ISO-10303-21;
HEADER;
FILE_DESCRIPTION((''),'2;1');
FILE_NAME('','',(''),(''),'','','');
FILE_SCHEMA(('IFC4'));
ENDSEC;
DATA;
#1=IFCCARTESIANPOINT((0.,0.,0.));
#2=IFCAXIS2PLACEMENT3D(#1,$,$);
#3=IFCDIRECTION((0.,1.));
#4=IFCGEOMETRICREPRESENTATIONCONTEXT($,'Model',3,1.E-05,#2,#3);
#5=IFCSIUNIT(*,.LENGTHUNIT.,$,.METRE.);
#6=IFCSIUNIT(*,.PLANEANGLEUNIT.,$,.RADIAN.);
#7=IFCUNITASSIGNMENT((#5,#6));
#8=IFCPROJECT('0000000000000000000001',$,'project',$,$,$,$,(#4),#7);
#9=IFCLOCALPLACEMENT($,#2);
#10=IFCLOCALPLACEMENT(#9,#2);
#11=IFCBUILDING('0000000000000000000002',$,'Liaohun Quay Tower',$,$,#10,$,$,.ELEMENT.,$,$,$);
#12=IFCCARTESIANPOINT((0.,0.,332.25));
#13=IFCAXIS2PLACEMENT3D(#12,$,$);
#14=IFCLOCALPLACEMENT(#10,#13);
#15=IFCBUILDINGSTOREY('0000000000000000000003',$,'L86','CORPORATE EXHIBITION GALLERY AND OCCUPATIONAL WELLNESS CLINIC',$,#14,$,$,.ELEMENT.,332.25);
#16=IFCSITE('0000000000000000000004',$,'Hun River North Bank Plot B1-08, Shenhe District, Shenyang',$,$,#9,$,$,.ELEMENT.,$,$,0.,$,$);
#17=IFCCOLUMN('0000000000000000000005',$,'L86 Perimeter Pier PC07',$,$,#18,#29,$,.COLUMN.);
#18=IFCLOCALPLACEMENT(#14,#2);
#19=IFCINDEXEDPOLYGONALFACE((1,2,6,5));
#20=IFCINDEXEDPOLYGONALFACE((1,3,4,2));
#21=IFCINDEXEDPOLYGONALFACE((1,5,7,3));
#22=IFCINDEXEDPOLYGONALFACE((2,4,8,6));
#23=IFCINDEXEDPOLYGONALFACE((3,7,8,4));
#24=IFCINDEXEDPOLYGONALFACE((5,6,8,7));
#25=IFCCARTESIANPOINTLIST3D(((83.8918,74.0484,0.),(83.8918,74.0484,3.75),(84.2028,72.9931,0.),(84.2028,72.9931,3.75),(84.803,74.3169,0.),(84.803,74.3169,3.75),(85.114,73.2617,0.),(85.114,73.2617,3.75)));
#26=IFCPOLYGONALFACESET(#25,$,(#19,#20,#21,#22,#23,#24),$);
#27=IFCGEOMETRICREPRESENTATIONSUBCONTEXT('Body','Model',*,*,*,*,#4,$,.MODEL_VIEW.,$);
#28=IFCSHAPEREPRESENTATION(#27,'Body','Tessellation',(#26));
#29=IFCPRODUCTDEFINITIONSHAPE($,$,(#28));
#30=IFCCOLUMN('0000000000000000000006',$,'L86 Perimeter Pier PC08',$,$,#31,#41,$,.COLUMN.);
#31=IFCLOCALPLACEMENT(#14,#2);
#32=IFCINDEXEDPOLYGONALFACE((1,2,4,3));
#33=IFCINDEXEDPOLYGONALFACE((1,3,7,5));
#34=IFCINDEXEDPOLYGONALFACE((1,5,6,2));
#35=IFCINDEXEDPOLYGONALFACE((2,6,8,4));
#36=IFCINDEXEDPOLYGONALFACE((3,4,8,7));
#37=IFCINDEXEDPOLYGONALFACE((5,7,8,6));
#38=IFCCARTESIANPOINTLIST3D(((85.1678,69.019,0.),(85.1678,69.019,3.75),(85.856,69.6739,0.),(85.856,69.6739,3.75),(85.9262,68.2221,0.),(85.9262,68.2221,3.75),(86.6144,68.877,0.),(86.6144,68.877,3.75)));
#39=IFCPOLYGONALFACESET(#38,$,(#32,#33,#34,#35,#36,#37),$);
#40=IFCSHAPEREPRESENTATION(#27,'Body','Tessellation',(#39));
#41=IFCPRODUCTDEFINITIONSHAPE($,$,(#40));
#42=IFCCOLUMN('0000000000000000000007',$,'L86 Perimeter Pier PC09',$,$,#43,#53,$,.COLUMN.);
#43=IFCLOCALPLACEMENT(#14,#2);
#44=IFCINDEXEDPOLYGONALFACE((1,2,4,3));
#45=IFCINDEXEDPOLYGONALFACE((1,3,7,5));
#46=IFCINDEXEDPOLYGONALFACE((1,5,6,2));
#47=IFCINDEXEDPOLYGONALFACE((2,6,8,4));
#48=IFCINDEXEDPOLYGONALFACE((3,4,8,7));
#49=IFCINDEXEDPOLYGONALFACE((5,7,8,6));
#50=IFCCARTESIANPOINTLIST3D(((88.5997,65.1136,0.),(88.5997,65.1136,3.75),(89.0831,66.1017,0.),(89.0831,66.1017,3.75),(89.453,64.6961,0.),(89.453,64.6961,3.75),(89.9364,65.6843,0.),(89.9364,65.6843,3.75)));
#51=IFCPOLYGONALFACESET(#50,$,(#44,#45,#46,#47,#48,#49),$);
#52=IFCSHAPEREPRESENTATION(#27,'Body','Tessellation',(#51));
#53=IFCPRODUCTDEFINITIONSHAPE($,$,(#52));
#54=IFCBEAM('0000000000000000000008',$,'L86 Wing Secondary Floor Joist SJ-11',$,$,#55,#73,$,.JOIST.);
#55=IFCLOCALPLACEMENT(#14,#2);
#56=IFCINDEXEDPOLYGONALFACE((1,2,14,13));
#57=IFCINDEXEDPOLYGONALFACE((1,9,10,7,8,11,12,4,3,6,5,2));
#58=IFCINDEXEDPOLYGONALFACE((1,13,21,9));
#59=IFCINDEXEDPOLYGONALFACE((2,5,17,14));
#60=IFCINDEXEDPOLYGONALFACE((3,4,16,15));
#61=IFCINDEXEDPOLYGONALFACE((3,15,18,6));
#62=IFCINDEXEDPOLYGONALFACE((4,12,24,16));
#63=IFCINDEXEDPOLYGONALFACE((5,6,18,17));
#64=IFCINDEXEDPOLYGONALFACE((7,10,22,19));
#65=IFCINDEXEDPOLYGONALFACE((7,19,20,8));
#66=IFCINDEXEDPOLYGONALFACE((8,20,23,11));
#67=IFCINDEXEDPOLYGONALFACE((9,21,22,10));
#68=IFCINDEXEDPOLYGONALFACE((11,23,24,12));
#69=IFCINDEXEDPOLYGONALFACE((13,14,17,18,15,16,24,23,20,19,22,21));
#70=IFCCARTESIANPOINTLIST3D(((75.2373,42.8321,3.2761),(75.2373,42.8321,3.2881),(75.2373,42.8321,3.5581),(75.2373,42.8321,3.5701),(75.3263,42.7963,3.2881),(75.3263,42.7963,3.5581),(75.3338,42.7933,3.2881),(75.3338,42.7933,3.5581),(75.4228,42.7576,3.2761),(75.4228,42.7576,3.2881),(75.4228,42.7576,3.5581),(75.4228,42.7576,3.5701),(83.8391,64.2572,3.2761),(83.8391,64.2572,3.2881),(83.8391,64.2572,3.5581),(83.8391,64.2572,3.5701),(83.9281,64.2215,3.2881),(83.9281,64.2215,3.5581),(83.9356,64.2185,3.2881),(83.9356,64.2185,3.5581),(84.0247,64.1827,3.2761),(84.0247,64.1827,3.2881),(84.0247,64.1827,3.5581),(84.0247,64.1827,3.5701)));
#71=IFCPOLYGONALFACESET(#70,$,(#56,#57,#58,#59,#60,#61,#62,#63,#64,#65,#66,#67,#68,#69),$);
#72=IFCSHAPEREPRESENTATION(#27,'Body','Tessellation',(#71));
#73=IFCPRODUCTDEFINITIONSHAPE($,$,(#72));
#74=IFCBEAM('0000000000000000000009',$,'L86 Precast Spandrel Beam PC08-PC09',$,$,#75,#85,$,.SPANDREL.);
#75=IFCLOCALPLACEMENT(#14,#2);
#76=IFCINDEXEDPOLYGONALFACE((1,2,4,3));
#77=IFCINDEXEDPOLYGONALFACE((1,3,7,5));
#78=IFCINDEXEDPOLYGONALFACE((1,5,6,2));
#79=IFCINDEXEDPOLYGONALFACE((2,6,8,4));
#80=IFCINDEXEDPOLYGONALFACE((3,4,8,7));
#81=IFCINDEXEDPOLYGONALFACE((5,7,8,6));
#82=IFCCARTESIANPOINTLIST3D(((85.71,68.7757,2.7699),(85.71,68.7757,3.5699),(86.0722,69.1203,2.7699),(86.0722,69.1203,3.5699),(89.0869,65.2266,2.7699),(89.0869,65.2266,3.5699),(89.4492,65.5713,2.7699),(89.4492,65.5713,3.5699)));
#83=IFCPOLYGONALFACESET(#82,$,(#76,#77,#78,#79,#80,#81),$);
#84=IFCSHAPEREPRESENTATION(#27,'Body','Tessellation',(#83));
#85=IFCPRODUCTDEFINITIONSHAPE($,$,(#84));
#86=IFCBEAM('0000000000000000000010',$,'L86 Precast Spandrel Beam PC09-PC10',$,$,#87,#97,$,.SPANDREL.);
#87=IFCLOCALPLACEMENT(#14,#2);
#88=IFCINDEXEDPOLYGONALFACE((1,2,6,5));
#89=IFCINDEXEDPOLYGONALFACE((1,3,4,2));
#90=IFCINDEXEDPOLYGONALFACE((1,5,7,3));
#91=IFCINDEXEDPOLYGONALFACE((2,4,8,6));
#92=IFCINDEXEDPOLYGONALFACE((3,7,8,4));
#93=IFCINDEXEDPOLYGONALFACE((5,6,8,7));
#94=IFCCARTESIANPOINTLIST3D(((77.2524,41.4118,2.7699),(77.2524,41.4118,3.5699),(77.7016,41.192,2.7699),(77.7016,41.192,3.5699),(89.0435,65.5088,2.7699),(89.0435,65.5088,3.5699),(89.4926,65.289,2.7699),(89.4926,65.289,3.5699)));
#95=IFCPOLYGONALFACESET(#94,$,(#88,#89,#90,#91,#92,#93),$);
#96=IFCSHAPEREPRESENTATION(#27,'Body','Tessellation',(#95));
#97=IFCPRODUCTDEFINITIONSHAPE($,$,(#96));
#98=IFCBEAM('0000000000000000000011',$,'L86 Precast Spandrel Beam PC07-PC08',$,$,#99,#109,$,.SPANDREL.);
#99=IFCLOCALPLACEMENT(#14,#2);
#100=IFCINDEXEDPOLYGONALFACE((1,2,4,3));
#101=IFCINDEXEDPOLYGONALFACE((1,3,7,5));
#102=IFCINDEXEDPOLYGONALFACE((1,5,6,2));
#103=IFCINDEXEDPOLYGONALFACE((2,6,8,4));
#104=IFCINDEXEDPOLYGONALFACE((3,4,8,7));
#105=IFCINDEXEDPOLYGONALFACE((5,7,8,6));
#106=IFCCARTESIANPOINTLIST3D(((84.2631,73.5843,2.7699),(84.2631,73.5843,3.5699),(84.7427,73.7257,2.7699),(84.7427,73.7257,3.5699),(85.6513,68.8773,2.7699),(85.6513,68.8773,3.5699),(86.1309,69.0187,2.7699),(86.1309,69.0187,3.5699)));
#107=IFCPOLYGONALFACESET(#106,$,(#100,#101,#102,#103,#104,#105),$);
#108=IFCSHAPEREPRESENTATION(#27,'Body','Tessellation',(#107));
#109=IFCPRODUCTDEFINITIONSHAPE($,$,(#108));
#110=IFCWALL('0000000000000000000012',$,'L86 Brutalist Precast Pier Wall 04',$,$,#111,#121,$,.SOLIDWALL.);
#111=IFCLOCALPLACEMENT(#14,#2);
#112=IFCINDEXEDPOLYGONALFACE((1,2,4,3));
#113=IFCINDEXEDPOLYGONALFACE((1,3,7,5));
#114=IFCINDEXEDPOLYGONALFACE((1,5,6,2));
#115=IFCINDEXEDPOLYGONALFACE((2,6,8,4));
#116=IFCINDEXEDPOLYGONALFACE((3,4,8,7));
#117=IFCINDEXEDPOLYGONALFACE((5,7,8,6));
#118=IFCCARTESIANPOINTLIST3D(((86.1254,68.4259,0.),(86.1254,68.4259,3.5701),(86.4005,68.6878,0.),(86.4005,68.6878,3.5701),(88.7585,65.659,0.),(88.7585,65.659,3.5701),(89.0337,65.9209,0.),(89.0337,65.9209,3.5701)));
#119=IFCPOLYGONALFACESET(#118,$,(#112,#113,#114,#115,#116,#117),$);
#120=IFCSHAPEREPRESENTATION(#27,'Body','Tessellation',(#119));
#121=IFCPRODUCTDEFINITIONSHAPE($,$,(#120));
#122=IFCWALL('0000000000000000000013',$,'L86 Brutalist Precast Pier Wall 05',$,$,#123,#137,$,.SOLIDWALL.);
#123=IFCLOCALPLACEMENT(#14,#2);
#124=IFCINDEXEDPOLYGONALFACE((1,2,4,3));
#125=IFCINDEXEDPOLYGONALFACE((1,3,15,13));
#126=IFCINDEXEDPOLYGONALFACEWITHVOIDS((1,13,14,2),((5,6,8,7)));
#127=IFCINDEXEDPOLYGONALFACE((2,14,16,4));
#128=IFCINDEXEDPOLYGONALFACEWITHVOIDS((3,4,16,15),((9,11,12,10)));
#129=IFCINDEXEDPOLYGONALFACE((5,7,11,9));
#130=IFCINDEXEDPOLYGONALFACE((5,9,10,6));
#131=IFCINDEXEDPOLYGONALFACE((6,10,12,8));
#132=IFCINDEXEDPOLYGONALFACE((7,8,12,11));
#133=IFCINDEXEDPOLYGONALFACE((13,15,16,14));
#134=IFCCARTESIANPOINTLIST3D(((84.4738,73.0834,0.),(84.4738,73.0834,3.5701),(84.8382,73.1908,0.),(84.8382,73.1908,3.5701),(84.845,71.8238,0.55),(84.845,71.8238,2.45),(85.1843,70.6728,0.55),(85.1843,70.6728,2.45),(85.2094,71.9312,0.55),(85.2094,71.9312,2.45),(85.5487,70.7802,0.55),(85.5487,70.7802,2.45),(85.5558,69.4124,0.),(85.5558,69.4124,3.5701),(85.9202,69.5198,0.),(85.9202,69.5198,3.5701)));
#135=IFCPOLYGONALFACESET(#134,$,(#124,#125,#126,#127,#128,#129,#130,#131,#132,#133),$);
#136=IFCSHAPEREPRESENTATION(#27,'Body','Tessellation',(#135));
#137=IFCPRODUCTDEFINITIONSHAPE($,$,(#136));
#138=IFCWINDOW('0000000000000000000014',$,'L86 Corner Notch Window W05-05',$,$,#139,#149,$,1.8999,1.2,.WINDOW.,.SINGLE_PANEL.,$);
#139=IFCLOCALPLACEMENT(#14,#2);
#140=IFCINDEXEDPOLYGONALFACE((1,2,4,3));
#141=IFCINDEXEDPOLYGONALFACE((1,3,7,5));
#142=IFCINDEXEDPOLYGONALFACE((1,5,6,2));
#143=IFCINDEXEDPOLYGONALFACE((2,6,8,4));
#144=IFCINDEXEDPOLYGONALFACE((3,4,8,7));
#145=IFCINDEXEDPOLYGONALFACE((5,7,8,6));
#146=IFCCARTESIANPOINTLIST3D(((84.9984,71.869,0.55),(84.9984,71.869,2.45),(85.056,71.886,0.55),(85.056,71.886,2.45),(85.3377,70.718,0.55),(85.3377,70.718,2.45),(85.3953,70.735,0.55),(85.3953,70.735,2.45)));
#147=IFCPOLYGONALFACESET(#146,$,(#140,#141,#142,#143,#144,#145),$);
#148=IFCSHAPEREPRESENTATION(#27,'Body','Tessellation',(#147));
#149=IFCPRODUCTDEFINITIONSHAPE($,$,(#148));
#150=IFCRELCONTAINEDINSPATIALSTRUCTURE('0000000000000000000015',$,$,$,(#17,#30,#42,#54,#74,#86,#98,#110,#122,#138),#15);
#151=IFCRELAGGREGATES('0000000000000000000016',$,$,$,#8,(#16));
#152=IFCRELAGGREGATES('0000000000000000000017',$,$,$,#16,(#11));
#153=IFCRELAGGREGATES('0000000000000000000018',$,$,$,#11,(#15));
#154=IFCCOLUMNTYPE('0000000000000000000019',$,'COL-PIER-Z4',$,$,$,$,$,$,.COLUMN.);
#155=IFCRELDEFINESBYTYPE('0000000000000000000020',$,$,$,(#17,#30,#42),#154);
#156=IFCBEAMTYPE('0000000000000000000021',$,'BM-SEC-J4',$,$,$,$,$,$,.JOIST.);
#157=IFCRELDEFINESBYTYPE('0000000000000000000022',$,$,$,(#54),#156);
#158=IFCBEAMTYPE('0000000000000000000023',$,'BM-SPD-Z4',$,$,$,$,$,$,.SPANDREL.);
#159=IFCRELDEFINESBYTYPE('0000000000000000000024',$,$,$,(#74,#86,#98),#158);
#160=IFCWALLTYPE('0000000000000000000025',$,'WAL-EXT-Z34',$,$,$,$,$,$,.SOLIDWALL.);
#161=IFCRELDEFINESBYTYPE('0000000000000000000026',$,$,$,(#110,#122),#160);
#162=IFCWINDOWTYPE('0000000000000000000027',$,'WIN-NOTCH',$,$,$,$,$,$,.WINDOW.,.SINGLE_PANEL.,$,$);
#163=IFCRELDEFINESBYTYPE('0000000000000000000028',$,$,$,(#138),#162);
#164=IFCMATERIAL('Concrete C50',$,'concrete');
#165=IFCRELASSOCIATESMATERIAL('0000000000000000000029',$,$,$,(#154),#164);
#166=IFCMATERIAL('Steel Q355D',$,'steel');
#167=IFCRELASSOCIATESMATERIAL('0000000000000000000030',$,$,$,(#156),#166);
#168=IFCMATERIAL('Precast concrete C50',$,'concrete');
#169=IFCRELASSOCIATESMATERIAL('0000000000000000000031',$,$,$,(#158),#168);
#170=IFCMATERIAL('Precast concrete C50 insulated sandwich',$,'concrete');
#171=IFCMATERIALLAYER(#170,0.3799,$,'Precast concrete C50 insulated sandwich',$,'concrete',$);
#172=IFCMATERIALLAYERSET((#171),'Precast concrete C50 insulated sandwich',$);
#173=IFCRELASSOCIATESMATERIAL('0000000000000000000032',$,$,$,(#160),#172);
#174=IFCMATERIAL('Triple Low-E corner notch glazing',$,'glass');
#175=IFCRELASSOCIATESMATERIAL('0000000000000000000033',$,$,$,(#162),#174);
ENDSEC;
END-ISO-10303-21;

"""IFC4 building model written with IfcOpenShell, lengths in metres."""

from ifc_helpers import new_model, si_unit, direction, frame, frame_2d, origin, origin_2d, place, context, subcontext, project, spatial, rectangle, i_section, extrude, source, transform, mapped, material, layer, layer_set, material_profile, profile_set, type_object, element, fill, save


model = new_model("IFC4")

# Units and contexts
model_context = context("Model", 3, precision=1e-05, world=origin(), true_north=direction((0.0, 1.0)))
body_context = subcontext(model_context, "Body", "Model", "MODEL_VIEW")
ifc_project = project(units=[si_unit("LENGTHUNIT", "METRE"), si_unit("PLANEANGLEUNIT", "RADIAN")], contexts=[model_context])

# Site, building, storey
site_placement = place(None, origin())
site = spatial("IfcSite", under=ifc_project, at=site_placement, Name="Hun River North Bank Plot B1-08, Shenhe District, Shenyang", CompositionType="ELEMENT", RefElevation=0.0)
building_placement = place(site_placement, origin())
building = spatial("IfcBuilding", under=site, at=building_placement, Name="Liaohun Quay Tower", CompositionType="ELEMENT")
storey_placement = place(building_placement, frame((0.0, 0.0, 332.25)))
storey = spatial("IfcBuildingStorey", under=building, at=storey_placement, Name="L86", Description="CORPORATE EXHIBITION GALLERY AND OCCUPATIONAL WELLNESS CLINIC", CompositionType="ELEMENT", Elevation=332.25)

# Columns
ifc_material_1 = material(Name="Concrete C50", Category="concrete")
ifc_material_profile_1 = material_profile(ifc_material_1, rectangle(XDim=1.1001, YDim=0.95, at=origin_2d()), Name="RC1100x950")
ifc_profile_set_1 = profile_set([ifc_material_profile_1], Name="Concrete C50")
column_type = type_object("IfcColumnType", Name="COL-PIER-Z4", PredefinedType="COLUMN", material=ifc_profile_set_1)
shared_shape_1 = source(origin(), body_context, "Body", "SweptSolid", [
    extrude(rectangle(XDim=1.1001, YDim=0.95, at=origin_2d()), origin(), (0.0, 0.0, 1.0), 3.75),
])
for number, where, z_axis, x_axis, name in (
    (1, (84.5029, 73.655, 0.0), (0.0, 0.0, 1.0), (-0.282676, 0.959215, 0.0), "L86 Perimeter Pier PC07"),
    (2, (85.8911, 68.948, 0.0), (0.0, 0.0, 1.0), (-0.689367, 0.724413, 0.0), "L86 Perimeter Pier PC08"),
    (3, (89.2681, 65.3989, 0.0), (0.0, 0.0, 1.0), (0.439469, 0.898258, 0.0), "L86 Perimeter Pier PC09"),
):
    element("IfcColumn", number, at=place(storey_placement, frame(where, z_axis=z_axis, x_axis=x_axis)), inside=storey, type_object=column_type, Name=name, PredefinedType="COLUMN", context=body_context, shape_type="MappedRepresentation", body=[
        mapped(shared_shape_1, transform((0.0, 0.0, 0.0), x_axis=(1.0, 0.0, 0.0), y_axis=(0.0, 1.0, 0.0), z_axis=(0.0, 0.0, 1.0), scale=1.0)),
    ])

# Beams
ifc_material_2 = material(Name="Steel Q355D", Category="steel")
ifc_material_profile_2 = material_profile(ifc_material_2, i_section(OverallWidth=0.2, OverallDepth=0.2939, WebThickness=0.0081, FlangeThickness=0.012, at=origin_2d()), Name="HM294x200x8x12")
ifc_profile_set_2 = profile_set([ifc_material_profile_2], Name="Steel Q355D")
beam_type_1 = type_object("IfcBeamType", Name="BM-SEC-J4", PredefinedType="JOIST", material=ifc_profile_set_2)
shared_shape_2 = source(origin(), body_context, "Body", "SweptSolid", [
    extrude(i_section(OverallWidth=0.2, OverallDepth=0.2939, WebThickness=0.0081, FlangeThickness=0.012, at=origin_2d()), origin(), (0.0, 0.0, 1.0), 23.0874),
])
beam_1_placement = place(storey_placement, frame((83.9319, 64.22, 3.4231), z_axis=(-0.372577, -0.928001, 0.0), x_axis=(0.928001, -0.372577, 0.0)))
element("IfcBeam", 4, at=beam_1_placement, inside=storey, type_object=beam_type_1, Name="L86 Wing Secondary Floor Joist SJ-11", PredefinedType="JOIST", context=body_context, shape_type="MappedRepresentation", body=[
    mapped(shared_shape_2, transform((0.0, 0.0, 0.0), x_axis=(1.0, 0.0, 0.0), y_axis=(0.0, 1.0, 0.0), z_axis=(0.0, 0.0, 1.0), scale=1.0)),
])
ifc_material_3 = material(Name="Precast concrete C50", Category="concrete")
ifc_material_profile_3 = material_profile(ifc_material_3, rectangle(XDim=0.5, YDim=0.8, at=origin_2d()), Name="RC500x800")
ifc_profile_set_3 = profile_set([ifc_material_profile_3], Name="Precast concrete C50")
beam_type_2 = type_object("IfcBeamType", Name="BM-SPD-Z4", PredefinedType="SPANDREL", material=ifc_profile_set_3)
shared_shape_3 = source(origin(), body_context, "Body", "SweptSolid", [
    extrude(rectangle(XDim=0.5, YDim=0.8, at=origin_2d()), origin(), (0.0, 0.0, 1.0), 4.8989),
])
beam_2_placement = place(storey_placement, frame((85.8911, 68.948, 3.1699), z_axis=(0.689322, -0.724455, 0.0), x_axis=(0.724455, 0.689322, 0.0)))
element("IfcBeam", 5, at=beam_2_placement, inside=storey, type_object=beam_type_2, Name="L86 Precast Spandrel Beam PC08-PC09", PredefinedType="SPANDREL", context=body_context, shape_type="MappedRepresentation", body=[
    mapped(shared_shape_3, transform((0.0, 0.0, 0.0), x_axis=(1.0, 0.0, 0.0), y_axis=(0.0, 1.0, 0.0), z_axis=(0.0, 0.0, 1.0), scale=1.0)),
])
shared_shape_4 = source(origin(), body_context, "Body", "SweptSolid", [
    extrude(rectangle(XDim=0.5, YDim=0.8, at=origin_2d()), origin(), (0.0, 0.0, 1.0), 26.8271),
])
beam_3_placement = place(storey_placement, frame((89.2681, 65.3989, 3.1699), z_axis=(-0.43952, -0.898233, 0.0), x_axis=(0.898233, -0.43952, 0.0)))
element("IfcBeam", 6, at=beam_3_placement, inside=storey, type_object=beam_type_2, Name="L86 Precast Spandrel Beam PC09-PC10", PredefinedType="SPANDREL", context=body_context, shape_type="MappedRepresentation", body=[
    mapped(shared_shape_4, transform((0.0, 0.0, 0.0), x_axis=(1.0, 0.0, 0.0), y_axis=(0.0, 1.0, 0.0), z_axis=(0.0, 0.0, 1.0), scale=1.0)),
])
shared_shape_5 = source(origin(), body_context, "Body", "SweptSolid", [
    extrude(rectangle(XDim=0.5, YDim=0.8, at=origin_2d()), origin(), (0.0, 0.0, 1.0), 4.9075),
])
beam_4_placement = place(storey_placement, frame((84.5029, 73.655, 3.1699), z_axis=(0.282872, -0.959158, 0.0), x_axis=(0.959158, 0.282872, 0.0)))
element("IfcBeam", 7, at=beam_4_placement, inside=storey, type_object=beam_type_2, Name="L86 Precast Spandrel Beam PC07-PC08", PredefinedType="SPANDREL", context=body_context, shape_type="MappedRepresentation", body=[
    mapped(shared_shape_5, transform((0.0, 0.0, 0.0), x_axis=(1.0, 0.0, 0.0), y_axis=(0.0, 1.0, 0.0), z_axis=(0.0, 0.0, 1.0), scale=1.0)),
])

# Wall
ifc_material_4 = material(Name="Precast concrete C50 insulated sandwich", Category="concrete")
ifc_layer_1 = layer(ifc_material_4, 0.3799, Name="Precast concrete C50 insulated sandwich", Category="concrete")
ifc_layer_set_1 = layer_set([ifc_layer_1], Name="Precast concrete C50 insulated sandwich")
wall_type_1 = type_object("IfcWallType", Name="WAL-EXT-Z34", PredefinedType="SOLIDWALL", material=ifc_layer_set_1)
wall_1_placement = place(storey_placement, frame((88.896, 65.79, 0.0), z_axis=(0.0, 0.0, 1.0), x_axis=(-0.689376, 0.724404, 0.0)))
element("IfcWall", 8, at=wall_1_placement, inside=storey, type_object=wall_type_1, Name="L86 Brutalist Precast Pier Wall 04", PredefinedType="SOLIDWALL", context=body_context, shape_type="SweptSolid", body=[
    extrude(rectangle(XDim=3.8196, YDim=0.3799, at=frame_2d((1.9097, 0.0))), origin(), (0.0, 0.0, 1.0), 3.5701),
])

# Wall, opening, window
wall_2_placement = place(storey_placement, frame((85.738, 69.4661, 0.0), z_axis=(0.0, 0.0, 1.0), x_axis=(-0.282733, 0.959199, 0.0)))
wall_2 = element("IfcWall", 9, at=wall_2_placement, inside=storey, type_object=wall_type_1, Name="L86 Brutalist Precast Pier Wall 05", PredefinedType="SOLIDWALL", context=body_context, shape_type="SweptSolid", body=[
    extrude(rectangle(XDim=3.8271, YDim=0.3799, at=frame_2d((1.9136, 0.0))), origin(), (0.0, 0.0, 1.0), 3.5701),
])
shared_shape_6 = source(origin(), body_context, "Body", "SweptSolid", [
    extrude(rectangle(XDim=1.2, YDim=1.8999, at=frame_2d((0.6001, 0.95))), frame((0.0, 0.2, 0.0), z_axis=(0.0, -1.0, 0.0), x_axis=(1.0, 0.0, 0.0)), (0.0, 0.0, 1.0), 0.3999),
])
opening_1_placement = place(wall_2_placement, frame((1.314, 0.0, 0.55)))
opening_1 = element("IfcOpeningElement", 10, at=opening_1_placement, cuts=wall_2, PredefinedType="OPENING", context=body_context, shape_type="MappedRepresentation", body=[
    mapped(shared_shape_6, transform((0.0, 0.0, 0.0), x_axis=(1.0, 0.0, 0.0), y_axis=(0.0, 1.0, 0.0), z_axis=(0.0, 0.0, 1.0), scale=1.0)),
])
ifc_material_5 = material(Name="Triple Low-E corner notch glazing", Category="glass")
window_type_1 = type_object("IfcWindowType", Name="WIN-NOTCH", PartitioningType="SINGLE_PANEL", PredefinedType="WINDOW", material=ifc_material_5)
shared_shape_7 = source(origin(), body_context, "Body", "SweptSolid", [
    extrude(rectangle(XDim=1.2, YDim=1.8999, at=frame_2d((0.6001, 0.95))), frame((0.0, 0.03, 0.0), z_axis=(0.0, -1.0, 0.0), x_axis=(1.0, 0.0, 0.0)), (0.0, 0.0, 1.0), 0.0601),
])
window_1_placement = place(opening_1_placement, origin())
window_1 = element("IfcWindow", 11, at=window_1_placement, inside=storey, type_object=window_type_1, Name="L86 Corner Notch Window W05-05", OverallHeight=1.8999, OverallWidth=1.2, PartitioningType="SINGLE_PANEL", PredefinedType="WINDOW", context=body_context, shape_type="MappedRepresentation", body=[
    mapped(shared_shape_7, transform((0.0, 0.0, 0.0), x_axis=(1.0, 0.0, 0.0), y_axis=(0.0, 1.0, 0.0), z_axis=(0.0, 0.0, 1.0), scale=1.0)),
])
fill(opening_1, window_1)

save(model, "model.ifc")
